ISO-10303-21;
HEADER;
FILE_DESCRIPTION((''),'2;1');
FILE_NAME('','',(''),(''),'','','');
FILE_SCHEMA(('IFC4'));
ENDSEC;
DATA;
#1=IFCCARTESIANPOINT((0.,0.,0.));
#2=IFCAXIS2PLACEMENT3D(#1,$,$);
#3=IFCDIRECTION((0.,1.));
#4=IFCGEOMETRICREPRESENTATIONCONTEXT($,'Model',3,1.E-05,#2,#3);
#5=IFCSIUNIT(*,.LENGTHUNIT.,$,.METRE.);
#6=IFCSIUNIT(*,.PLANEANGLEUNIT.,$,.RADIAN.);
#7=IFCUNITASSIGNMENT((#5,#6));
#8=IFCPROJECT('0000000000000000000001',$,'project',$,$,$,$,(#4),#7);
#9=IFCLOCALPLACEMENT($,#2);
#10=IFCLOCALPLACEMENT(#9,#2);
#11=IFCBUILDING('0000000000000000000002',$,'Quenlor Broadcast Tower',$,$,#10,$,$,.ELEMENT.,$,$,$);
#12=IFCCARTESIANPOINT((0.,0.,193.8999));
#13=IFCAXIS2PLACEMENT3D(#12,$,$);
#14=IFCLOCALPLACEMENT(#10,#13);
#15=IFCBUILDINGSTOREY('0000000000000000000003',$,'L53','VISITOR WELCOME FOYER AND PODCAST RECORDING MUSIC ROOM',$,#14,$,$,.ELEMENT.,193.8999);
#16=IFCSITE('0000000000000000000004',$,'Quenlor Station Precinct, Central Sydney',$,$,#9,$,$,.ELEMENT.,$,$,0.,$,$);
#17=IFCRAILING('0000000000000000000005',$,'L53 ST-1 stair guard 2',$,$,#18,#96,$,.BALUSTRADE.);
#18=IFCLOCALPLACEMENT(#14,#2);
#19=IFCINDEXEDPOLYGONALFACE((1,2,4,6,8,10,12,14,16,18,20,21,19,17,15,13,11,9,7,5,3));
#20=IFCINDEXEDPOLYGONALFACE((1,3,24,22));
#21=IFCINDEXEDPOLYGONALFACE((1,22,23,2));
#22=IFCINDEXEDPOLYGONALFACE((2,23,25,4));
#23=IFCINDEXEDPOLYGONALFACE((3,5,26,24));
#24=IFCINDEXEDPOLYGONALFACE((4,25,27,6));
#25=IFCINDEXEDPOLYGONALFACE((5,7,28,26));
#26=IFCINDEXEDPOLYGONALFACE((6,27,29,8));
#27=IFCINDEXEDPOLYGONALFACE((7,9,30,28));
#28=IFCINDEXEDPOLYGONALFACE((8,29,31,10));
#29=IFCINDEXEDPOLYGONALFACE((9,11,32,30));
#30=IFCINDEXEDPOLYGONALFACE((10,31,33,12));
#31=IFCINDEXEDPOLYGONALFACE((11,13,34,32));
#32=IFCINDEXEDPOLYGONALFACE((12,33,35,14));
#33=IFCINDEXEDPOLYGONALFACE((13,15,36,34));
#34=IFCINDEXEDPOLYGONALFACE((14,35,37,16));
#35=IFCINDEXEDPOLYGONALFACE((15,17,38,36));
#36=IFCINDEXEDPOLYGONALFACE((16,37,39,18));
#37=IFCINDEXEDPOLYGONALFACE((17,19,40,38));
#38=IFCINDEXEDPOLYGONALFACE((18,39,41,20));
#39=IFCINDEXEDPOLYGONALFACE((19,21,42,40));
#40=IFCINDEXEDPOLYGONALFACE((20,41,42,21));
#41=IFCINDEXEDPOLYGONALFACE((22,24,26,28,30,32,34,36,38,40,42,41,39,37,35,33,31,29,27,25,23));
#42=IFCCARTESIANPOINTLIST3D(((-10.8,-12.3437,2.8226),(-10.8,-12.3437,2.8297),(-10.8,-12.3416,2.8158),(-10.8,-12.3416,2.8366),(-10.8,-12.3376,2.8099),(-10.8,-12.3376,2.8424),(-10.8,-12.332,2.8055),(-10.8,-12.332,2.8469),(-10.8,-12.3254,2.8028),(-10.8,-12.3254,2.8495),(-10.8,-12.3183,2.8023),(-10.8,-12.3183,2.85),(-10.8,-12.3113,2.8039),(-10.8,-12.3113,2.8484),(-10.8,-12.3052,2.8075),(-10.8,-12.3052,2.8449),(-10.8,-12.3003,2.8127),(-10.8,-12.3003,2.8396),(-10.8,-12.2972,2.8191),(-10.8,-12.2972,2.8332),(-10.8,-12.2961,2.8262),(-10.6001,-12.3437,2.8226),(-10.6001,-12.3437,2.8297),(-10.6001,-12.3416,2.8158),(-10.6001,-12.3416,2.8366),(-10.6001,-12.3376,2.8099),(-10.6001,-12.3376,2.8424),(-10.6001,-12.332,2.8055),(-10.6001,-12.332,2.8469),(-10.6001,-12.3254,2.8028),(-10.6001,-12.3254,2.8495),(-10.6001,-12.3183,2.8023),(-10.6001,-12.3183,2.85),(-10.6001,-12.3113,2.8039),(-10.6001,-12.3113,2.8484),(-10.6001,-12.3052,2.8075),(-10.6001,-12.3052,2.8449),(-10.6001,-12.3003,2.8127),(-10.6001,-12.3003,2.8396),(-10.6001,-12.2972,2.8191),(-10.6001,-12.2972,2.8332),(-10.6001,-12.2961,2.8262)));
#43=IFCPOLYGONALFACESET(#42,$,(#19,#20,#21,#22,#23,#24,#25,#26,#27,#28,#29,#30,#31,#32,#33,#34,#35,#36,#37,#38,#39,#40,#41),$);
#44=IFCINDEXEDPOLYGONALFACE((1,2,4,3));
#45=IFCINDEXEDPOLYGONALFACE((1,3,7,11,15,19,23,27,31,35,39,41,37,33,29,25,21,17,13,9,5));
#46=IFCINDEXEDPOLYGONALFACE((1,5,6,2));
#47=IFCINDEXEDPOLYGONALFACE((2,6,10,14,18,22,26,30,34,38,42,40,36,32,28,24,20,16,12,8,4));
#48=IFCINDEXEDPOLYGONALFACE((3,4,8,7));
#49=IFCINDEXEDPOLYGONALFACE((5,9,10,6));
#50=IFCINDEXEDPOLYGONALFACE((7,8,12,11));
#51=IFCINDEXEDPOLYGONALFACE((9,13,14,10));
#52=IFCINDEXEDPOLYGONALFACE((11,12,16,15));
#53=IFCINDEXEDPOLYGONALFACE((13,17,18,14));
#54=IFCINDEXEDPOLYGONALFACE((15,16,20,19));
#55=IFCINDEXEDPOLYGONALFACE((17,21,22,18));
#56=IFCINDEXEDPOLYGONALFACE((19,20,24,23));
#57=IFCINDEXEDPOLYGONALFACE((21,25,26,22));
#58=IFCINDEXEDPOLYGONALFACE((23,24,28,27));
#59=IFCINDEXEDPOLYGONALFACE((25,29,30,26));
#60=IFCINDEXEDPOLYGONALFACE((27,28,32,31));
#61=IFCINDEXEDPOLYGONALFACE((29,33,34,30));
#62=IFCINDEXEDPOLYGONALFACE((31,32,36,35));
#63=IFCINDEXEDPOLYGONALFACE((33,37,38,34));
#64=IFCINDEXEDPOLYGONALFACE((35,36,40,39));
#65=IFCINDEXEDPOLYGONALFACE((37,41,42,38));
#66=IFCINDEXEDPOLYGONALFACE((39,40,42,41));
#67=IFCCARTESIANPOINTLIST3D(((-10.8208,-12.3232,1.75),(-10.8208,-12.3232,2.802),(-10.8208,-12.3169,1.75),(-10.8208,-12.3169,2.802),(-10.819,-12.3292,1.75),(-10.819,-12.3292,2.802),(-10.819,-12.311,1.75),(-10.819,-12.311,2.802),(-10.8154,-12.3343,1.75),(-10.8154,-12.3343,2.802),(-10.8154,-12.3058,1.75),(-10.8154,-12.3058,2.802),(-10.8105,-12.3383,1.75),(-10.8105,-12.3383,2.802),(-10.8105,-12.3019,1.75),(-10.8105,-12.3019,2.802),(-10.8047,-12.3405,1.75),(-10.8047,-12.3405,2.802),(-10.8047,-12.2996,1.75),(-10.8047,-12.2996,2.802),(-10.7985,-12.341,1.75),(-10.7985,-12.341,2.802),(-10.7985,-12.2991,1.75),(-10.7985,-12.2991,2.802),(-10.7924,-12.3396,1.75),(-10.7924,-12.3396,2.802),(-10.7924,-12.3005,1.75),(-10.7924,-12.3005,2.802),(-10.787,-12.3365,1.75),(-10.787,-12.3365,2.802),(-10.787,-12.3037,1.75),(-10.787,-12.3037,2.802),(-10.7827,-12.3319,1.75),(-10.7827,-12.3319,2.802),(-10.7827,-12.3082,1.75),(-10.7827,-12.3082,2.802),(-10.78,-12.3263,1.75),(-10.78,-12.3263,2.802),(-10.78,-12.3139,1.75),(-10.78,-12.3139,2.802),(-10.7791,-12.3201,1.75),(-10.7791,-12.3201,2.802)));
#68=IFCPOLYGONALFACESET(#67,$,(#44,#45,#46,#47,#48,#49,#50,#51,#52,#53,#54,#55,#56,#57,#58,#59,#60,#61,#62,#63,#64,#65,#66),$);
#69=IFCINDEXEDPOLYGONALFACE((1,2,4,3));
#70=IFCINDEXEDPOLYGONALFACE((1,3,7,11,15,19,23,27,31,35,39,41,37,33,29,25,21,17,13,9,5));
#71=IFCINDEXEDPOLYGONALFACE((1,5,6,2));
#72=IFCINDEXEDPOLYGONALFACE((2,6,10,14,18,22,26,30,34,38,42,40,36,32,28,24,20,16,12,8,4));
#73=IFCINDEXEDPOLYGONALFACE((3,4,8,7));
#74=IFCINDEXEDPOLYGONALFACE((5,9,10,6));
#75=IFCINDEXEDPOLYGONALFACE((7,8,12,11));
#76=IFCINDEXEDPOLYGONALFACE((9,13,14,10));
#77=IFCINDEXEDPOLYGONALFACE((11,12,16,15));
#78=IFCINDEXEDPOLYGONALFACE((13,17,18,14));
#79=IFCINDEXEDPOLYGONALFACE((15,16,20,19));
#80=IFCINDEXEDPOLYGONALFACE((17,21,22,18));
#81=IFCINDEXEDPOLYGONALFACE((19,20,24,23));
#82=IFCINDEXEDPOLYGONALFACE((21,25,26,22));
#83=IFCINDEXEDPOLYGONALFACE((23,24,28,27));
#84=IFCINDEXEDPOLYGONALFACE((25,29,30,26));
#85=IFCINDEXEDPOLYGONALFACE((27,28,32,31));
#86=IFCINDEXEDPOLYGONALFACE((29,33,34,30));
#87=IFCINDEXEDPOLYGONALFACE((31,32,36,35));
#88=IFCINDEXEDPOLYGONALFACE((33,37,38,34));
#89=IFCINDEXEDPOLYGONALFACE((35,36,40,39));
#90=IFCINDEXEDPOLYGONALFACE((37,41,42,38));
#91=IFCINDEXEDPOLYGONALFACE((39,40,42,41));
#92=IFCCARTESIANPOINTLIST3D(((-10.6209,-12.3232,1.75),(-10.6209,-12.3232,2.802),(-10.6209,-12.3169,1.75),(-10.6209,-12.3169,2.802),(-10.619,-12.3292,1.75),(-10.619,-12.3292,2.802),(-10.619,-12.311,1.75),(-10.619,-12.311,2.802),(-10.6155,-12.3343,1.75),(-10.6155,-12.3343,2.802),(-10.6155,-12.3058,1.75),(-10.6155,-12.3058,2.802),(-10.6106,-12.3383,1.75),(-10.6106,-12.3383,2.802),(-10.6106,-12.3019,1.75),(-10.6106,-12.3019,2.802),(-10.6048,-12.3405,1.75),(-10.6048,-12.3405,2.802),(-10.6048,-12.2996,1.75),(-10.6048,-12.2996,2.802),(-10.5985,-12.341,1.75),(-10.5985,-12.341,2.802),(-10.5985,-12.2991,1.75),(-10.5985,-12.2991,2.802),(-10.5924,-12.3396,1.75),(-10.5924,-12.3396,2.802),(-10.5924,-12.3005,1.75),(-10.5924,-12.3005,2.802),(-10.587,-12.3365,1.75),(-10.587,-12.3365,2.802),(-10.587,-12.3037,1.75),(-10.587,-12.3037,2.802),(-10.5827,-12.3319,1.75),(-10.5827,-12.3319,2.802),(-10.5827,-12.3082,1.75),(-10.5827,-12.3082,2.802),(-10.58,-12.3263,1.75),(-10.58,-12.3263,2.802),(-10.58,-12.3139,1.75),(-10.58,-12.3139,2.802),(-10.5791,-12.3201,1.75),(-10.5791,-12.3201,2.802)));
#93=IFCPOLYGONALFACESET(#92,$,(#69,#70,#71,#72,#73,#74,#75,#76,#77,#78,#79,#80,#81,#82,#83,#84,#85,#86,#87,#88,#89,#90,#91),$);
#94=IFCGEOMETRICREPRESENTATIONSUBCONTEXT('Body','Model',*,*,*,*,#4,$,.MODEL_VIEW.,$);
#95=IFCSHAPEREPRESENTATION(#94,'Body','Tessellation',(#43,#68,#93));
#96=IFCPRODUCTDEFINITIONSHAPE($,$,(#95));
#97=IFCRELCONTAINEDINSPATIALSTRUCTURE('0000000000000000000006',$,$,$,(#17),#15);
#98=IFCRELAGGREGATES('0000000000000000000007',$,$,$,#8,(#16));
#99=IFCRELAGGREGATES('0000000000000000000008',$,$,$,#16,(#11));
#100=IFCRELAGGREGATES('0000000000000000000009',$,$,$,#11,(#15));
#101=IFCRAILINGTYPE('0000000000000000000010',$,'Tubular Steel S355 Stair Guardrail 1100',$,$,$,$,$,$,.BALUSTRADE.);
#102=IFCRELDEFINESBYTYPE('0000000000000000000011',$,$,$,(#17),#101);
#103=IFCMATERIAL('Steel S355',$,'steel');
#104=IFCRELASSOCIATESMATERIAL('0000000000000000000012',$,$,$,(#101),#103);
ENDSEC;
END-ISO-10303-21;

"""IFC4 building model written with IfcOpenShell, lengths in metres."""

from ifc_helpers import new_model, si_unit, direction, frame, origin, origin_2d, place, context, subcontext, project, spatial, circle, extrude, material, type_object, element, save


model = new_model("IFC4")

# Units and contexts
model_context = context("Model", 3, precision=1e-05, world=origin(), true_north=direction((0.0, 1.0)))
body_context = subcontext(model_context, "Body", "Model", "MODEL_VIEW")
ifc_project = project(units=[si_unit("LENGTHUNIT", "METRE"), si_unit("PLANEANGLEUNIT", "RADIAN")], contexts=[model_context])

# Site, building, storey
site_placement = place(None, origin())
site = spatial("IfcSite", under=ifc_project, at=site_placement, Name="Quenlor Station Precinct, Central Sydney", CompositionType="ELEMENT", RefElevation=0.0)
building_placement = place(site_placement, origin())
building = spatial("IfcBuilding", under=site, at=building_placement, Name="Quenlor Broadcast Tower", CompositionType="ELEMENT")
storey_placement = place(building_placement, frame((0.0, 0.0, 193.8999)))
storey = spatial("IfcBuildingStorey", under=building, at=storey_placement, Name="L53", Description="VISITOR WELCOME FOYER AND PODCAST RECORDING MUSIC ROOM", CompositionType="ELEMENT", Elevation=193.8999)

# Railing
ifc_material_1 = material(Name="Steel S355", Category="steel")
railing_type = type_object("IfcRailingType", Name="Tubular Steel S355 Stair Guardrail 1100", PredefinedType="BALUSTRADE", material=ifc_material_1)
railing_placement = place(storey_placement, frame((-10.8, -12.3201, 1.75)))
element("IfcRailing", 1, at=railing_placement, inside=storey, type_object=railing_type, Name="L53 ST-1 stair guard 2", PredefinedType="BALUSTRADE", context=body_context, shape_type="SweptSolid", body=[
    extrude(circle(Radius=0.0239, at=origin_2d()), frame((0.0, 0.0, 1.0762), z_axis=(1.0, 0.0, 0.0), x_axis=(0.0, 1.0, 0.0)), (0.0, 0.0, 1.0), 0.2),
    extrude(circle(Radius=0.021, at=origin_2d()), origin(), (0.0, 0.0, 1.0), 1.052),
    extrude(circle(Radius=0.021, at=origin_2d()), frame((0.2, 0.0, 0.0)), (0.0, 0.0, 1.0), 1.052),
])

save(model, "model.ifc")
